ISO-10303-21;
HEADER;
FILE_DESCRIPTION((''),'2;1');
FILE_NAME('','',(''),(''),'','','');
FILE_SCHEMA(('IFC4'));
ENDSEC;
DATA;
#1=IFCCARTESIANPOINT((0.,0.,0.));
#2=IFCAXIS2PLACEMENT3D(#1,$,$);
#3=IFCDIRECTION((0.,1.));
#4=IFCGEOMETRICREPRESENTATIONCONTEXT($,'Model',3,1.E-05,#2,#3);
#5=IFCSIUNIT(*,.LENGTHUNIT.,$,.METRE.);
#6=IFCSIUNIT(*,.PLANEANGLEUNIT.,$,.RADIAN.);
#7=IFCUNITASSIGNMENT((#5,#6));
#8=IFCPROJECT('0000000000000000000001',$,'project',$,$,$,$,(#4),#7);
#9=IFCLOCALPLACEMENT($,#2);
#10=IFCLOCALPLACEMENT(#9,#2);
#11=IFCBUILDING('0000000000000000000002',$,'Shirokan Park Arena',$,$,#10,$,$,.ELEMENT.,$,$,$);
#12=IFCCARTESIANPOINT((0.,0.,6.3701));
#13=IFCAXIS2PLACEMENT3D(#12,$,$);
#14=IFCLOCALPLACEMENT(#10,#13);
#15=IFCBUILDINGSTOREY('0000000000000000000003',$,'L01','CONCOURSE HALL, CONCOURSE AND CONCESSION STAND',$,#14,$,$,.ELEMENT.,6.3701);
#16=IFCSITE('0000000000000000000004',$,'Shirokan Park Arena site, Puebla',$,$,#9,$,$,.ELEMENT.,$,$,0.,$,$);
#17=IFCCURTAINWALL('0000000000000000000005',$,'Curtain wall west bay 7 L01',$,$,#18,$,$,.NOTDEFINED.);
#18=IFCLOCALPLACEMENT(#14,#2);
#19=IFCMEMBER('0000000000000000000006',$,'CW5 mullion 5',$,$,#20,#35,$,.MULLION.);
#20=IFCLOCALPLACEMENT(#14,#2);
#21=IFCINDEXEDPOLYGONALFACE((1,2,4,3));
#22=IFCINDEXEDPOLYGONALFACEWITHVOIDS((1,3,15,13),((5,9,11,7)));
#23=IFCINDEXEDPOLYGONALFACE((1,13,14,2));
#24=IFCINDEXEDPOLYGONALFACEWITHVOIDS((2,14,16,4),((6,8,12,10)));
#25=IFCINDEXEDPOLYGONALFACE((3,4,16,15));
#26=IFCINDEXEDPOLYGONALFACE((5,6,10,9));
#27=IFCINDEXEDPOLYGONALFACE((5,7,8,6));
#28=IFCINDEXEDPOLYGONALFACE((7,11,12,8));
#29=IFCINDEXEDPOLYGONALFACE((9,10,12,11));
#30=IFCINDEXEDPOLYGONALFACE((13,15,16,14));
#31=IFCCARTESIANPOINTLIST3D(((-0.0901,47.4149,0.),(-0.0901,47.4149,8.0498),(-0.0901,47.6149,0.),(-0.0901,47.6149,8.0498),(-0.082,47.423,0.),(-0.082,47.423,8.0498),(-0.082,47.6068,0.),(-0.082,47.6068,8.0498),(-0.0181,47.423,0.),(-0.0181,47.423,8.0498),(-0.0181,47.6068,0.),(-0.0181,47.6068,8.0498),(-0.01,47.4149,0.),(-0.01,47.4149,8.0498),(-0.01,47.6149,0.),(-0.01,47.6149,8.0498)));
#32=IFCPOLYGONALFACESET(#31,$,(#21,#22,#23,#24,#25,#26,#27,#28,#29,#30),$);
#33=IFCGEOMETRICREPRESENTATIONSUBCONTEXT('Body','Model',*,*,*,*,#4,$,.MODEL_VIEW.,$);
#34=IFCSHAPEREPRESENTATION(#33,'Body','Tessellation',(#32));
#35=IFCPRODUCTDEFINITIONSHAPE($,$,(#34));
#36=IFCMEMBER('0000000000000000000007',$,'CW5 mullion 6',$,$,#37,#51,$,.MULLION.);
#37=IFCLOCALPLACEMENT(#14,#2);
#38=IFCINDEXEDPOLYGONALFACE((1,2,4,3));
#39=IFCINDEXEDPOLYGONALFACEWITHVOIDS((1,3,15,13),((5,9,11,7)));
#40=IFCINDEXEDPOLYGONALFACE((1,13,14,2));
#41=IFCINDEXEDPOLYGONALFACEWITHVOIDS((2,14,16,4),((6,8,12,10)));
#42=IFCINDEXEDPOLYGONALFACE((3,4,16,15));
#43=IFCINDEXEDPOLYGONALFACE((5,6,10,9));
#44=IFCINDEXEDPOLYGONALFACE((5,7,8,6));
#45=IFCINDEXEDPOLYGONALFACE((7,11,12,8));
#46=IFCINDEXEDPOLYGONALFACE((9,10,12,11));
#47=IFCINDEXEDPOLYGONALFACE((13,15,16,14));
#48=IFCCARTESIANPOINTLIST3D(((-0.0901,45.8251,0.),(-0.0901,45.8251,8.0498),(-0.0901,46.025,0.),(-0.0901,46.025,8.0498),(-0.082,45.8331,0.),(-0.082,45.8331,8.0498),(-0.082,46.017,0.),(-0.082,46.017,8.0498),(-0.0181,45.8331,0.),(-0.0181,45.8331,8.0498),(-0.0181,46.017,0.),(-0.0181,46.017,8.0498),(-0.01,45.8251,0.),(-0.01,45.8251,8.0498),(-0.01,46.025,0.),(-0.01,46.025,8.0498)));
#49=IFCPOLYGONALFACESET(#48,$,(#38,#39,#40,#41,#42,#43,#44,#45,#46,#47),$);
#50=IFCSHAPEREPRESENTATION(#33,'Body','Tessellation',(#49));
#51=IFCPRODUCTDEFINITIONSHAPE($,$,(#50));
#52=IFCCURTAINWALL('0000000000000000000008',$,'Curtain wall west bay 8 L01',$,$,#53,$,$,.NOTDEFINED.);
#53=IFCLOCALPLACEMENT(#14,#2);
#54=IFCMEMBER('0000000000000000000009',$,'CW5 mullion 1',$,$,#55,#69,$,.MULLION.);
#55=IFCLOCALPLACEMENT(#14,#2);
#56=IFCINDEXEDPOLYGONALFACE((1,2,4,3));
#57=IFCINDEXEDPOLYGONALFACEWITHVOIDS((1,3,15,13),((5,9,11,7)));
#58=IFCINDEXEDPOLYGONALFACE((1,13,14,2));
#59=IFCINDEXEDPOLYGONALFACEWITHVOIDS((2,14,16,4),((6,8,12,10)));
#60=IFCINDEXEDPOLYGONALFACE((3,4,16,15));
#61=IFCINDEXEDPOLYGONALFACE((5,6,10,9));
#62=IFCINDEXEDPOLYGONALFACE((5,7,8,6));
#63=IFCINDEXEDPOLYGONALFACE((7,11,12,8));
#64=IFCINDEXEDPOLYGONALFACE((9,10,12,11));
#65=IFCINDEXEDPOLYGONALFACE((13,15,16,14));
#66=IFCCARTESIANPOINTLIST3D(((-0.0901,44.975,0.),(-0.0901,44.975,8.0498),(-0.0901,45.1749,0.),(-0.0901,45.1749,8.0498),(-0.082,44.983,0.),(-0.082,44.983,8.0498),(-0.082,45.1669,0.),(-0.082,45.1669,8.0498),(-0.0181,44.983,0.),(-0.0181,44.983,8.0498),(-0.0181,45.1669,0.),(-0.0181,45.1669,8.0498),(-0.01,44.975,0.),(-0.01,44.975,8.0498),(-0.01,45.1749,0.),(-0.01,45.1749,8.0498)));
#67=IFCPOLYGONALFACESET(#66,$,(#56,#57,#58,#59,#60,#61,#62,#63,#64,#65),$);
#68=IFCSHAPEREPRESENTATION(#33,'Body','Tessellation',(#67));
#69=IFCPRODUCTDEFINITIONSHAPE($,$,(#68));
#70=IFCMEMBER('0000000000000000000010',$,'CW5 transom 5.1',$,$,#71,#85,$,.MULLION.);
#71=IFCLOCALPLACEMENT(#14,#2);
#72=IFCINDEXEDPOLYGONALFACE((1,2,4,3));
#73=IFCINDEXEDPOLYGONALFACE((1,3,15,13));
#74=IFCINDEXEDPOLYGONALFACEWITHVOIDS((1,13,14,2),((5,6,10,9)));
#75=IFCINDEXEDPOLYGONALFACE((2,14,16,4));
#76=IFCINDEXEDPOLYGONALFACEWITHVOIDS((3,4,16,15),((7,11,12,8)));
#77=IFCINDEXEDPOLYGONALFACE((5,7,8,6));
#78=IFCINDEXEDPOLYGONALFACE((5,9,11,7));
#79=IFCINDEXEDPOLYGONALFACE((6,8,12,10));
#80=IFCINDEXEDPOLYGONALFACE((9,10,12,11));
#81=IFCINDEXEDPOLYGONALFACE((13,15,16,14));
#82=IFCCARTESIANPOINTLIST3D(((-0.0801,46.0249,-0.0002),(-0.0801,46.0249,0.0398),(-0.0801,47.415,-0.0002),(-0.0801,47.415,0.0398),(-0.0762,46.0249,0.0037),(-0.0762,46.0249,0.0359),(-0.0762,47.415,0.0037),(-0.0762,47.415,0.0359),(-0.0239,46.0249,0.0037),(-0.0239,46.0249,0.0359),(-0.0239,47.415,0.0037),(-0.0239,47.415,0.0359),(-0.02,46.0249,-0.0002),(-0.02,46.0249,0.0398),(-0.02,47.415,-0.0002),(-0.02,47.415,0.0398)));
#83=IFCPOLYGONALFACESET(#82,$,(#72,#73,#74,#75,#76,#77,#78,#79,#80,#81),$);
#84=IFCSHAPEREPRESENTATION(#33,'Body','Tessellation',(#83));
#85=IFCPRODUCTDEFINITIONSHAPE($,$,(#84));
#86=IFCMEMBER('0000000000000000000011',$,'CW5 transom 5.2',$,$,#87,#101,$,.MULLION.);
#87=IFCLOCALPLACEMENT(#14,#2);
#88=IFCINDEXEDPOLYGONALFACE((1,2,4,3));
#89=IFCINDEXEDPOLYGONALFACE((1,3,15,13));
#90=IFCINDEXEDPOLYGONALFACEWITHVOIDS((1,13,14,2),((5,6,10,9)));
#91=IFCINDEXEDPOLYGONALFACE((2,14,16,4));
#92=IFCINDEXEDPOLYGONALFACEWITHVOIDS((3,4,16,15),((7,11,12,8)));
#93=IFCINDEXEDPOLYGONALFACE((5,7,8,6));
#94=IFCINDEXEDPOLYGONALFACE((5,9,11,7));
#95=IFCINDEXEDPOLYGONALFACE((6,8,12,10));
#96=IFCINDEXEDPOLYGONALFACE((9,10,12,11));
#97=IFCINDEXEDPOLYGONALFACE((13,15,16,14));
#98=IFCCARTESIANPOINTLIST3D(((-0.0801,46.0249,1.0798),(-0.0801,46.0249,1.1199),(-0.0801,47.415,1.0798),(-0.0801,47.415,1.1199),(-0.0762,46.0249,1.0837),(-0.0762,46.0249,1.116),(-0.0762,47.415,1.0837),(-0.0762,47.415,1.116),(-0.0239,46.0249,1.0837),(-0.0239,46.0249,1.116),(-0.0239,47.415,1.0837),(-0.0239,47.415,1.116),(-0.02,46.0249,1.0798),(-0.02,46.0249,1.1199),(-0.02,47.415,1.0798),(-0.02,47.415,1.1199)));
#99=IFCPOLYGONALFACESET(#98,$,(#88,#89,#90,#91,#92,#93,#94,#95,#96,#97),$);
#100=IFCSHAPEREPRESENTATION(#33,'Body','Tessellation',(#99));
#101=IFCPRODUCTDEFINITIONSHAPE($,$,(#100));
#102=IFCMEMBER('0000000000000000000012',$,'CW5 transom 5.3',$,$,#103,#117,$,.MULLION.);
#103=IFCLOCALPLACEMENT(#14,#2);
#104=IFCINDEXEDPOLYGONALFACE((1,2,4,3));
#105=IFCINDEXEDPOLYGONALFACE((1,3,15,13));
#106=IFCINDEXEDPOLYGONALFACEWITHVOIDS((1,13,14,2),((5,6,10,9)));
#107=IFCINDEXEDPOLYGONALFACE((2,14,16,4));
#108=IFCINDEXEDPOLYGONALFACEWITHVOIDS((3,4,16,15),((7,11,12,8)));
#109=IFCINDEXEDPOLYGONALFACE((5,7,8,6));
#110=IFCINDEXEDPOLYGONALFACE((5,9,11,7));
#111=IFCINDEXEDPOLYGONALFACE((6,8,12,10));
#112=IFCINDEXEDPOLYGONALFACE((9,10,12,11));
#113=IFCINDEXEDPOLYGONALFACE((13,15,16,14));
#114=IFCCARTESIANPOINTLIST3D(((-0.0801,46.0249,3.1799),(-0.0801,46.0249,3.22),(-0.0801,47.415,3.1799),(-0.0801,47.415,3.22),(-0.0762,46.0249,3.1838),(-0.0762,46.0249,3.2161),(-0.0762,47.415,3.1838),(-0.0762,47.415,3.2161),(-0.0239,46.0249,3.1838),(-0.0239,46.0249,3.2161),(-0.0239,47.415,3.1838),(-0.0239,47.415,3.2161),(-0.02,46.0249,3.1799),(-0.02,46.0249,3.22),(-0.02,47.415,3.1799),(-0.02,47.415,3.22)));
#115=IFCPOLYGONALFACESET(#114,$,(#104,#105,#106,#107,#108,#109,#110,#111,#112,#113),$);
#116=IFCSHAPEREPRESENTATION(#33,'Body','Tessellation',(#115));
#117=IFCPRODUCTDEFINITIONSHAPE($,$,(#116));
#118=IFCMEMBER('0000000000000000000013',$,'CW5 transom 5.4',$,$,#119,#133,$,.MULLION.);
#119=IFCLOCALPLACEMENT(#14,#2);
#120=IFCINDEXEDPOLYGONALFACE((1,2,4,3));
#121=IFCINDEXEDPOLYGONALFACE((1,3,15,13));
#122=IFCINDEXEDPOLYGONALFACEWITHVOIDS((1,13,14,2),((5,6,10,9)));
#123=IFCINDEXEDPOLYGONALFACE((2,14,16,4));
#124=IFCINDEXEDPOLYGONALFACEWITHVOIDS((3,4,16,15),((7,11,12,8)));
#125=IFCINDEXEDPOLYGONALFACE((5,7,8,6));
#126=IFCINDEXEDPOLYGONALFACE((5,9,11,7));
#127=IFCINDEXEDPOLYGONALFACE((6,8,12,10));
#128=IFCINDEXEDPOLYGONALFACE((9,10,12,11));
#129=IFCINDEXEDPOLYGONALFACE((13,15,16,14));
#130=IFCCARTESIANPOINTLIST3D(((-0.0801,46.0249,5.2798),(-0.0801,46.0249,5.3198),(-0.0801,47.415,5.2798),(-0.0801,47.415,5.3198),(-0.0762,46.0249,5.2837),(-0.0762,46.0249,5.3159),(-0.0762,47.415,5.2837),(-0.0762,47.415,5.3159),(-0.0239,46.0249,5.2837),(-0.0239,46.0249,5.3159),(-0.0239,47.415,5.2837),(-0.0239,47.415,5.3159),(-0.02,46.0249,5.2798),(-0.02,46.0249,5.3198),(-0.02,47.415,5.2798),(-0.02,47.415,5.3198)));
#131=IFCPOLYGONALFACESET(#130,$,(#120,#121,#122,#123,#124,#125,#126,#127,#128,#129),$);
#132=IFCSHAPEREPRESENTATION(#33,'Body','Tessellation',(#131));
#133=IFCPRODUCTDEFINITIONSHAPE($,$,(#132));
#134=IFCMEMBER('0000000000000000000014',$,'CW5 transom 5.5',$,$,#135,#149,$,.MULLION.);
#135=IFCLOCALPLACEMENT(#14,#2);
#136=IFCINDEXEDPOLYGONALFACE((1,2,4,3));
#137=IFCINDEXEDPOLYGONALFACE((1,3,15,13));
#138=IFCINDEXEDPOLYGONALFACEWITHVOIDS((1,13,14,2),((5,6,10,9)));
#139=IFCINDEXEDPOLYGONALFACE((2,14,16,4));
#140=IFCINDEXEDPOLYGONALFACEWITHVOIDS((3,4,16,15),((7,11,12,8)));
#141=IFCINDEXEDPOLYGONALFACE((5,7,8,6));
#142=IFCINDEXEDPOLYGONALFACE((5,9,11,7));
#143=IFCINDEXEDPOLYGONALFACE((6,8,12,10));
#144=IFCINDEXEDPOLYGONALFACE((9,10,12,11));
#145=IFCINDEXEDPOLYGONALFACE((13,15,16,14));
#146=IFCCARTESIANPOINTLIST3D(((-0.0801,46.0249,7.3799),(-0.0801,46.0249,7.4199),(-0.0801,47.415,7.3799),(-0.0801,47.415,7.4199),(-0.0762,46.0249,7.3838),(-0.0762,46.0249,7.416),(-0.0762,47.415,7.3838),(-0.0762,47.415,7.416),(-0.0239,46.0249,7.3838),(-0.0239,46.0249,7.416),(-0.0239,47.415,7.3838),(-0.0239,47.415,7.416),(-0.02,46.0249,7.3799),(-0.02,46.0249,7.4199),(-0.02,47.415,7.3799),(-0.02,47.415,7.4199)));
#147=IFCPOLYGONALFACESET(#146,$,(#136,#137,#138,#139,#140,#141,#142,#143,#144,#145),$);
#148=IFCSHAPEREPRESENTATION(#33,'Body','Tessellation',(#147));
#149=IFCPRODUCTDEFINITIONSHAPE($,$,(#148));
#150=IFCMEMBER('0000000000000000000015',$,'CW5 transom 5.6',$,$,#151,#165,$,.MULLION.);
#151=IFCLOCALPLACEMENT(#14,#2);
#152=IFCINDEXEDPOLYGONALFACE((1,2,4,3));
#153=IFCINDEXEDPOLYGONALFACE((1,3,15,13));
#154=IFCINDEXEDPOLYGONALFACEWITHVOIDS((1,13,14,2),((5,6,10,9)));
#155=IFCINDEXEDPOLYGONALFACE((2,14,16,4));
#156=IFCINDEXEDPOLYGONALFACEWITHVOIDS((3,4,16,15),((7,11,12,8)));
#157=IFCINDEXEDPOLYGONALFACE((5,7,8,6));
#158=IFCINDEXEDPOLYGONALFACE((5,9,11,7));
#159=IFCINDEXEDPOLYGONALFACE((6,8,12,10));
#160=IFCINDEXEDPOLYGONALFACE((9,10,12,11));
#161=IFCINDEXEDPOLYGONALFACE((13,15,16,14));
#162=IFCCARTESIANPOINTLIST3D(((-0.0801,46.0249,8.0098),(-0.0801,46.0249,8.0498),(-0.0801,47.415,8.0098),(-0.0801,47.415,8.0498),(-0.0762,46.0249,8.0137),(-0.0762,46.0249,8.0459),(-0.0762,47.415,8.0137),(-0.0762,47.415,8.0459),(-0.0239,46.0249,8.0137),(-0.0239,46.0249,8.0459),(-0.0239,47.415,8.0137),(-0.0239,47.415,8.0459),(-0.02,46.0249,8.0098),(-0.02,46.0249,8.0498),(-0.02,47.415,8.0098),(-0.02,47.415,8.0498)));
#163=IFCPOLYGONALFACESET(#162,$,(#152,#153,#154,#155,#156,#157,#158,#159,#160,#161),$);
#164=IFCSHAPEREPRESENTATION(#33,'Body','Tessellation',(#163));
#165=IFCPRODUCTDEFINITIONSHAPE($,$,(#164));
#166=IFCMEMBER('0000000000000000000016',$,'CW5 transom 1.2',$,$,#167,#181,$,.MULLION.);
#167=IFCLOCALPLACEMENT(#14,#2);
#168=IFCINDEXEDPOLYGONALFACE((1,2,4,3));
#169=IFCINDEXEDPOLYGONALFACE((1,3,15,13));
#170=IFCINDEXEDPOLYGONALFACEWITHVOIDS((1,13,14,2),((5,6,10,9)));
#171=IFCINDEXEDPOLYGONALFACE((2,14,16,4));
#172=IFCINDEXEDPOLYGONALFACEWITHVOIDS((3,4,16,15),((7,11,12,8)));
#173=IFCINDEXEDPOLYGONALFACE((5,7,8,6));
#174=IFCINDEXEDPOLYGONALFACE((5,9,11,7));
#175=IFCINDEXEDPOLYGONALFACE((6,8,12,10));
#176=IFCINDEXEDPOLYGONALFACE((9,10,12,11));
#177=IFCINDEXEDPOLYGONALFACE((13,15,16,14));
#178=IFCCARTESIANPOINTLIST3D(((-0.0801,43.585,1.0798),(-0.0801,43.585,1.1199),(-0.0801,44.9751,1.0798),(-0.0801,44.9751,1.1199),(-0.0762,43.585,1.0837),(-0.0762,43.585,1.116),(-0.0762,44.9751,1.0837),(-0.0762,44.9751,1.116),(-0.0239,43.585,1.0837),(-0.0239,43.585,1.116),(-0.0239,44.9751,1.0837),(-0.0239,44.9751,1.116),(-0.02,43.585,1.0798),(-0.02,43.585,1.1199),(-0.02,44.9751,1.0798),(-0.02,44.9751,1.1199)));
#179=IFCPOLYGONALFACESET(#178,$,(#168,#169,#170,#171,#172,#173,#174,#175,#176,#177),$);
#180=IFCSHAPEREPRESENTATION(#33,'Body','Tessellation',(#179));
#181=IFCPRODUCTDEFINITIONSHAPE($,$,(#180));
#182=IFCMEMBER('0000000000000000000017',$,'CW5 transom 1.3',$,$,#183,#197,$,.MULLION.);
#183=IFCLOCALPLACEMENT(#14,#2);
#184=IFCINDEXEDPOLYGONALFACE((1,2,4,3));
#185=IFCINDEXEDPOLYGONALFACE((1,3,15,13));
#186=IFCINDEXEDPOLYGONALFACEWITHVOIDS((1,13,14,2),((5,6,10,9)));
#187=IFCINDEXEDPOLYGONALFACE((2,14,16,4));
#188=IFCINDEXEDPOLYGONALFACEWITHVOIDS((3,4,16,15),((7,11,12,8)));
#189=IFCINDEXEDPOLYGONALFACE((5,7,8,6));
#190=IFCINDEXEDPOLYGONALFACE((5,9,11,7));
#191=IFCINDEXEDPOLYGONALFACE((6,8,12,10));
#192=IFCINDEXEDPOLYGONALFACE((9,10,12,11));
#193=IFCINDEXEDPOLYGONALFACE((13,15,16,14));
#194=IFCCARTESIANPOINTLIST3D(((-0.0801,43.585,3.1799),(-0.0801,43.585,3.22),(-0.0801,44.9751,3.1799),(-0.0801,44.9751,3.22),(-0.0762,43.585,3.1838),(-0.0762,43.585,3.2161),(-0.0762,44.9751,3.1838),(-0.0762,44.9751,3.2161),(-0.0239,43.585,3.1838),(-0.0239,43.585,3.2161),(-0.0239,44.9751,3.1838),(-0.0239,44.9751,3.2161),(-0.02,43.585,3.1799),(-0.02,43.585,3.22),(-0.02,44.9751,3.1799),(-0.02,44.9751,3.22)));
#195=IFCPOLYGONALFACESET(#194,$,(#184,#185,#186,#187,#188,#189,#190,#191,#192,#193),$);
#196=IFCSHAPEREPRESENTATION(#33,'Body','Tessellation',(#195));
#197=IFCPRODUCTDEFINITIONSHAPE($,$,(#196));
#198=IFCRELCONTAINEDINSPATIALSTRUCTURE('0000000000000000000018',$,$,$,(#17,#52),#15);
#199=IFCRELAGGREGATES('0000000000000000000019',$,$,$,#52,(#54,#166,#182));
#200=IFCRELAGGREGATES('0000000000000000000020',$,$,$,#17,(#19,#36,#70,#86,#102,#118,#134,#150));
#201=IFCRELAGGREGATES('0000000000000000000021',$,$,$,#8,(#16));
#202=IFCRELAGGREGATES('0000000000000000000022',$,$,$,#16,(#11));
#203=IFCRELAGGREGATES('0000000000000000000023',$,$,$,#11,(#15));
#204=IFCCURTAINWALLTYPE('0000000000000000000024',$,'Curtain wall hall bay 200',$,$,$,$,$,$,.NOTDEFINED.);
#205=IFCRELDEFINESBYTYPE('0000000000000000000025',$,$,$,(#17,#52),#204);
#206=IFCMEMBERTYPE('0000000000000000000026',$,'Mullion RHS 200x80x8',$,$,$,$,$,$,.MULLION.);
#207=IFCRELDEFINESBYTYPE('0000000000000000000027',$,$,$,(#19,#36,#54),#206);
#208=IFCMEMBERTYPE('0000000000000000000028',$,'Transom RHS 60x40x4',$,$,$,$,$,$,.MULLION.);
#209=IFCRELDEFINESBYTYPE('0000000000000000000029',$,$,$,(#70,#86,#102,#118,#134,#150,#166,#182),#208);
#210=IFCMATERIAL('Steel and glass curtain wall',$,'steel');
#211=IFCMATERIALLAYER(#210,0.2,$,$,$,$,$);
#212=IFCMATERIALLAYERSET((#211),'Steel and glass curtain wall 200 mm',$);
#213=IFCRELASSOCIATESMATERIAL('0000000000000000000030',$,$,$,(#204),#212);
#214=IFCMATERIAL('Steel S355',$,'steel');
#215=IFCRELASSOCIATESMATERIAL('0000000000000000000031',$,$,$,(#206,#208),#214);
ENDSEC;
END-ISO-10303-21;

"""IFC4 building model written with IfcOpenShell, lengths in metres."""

from ifc_helpers import new_model, si_unit, direction, frame, origin, origin_2d, place, context, subcontext, project, spatial, hollow_rectangle, extrude, material, layer, layer_set, material_profile, profile_set, type_object, element, aggregate, save


model = new_model("IFC4")

# Units and contexts
model_context = context("Model", 3, precision=1e-05, world=origin(), true_north=direction((0.0, 1.0)))
body_context = subcontext(model_context, "Body", "Model", "MODEL_VIEW")
ifc_project = project(units=[si_unit("LENGTHUNIT", "METRE"), si_unit("PLANEANGLEUNIT", "RADIAN")], contexts=[model_context])

# Site, building, storey
site_placement = place(None, origin())
site = spatial("IfcSite", under=ifc_project, at=site_placement, Name="Shirokan Park Arena site, Puebla", CompositionType="ELEMENT", RefElevation=0.0)
building_placement = place(site_placement, origin())
building = spatial("IfcBuilding", under=site, at=building_placement, Name="Shirokan Park Arena", CompositionType="ELEMENT")
storey_placement = place(building_placement, frame((0.0, 0.0, 6.3701)))
storey = spatial("IfcBuildingStorey", under=building, at=storey_placement, Name="L01", Description="CONCOURSE HALL, CONCOURSE AND CONCESSION STAND", CompositionType="ELEMENT", Elevation=6.3701)

# Curtain wall, members
ifc_material_1 = material(Name="Steel and glass curtain wall", Category="steel")
ifc_layer_1 = layer(ifc_material_1, 0.2)
ifc_layer_set_1 = layer_set([ifc_layer_1], Name="Steel and glass curtain wall 200 mm")
curtain_wall_type = type_object("IfcCurtainWallType", Name="Curtain wall hall bay 200", PredefinedType="NOTDEFINED", material=ifc_layer_set_1)
curtain_wall_1_placement = place(storey_placement, origin())
curtain_wall_1 = element("IfcCurtainWall", 1, at=curtain_wall_1_placement, inside=storey, type_object=curtain_wall_type, Name="Curtain wall west bay 7 L01", PredefinedType="NOTDEFINED")
ifc_material_2 = material(Name="Steel S355", Category="steel")
ifc_material_profile_1 = material_profile(ifc_material_2, hollow_rectangle(XDim=0.0801, YDim=0.2, WallThickness=0.0081, at=origin_2d()), Name="RHS 200x80x8")
ifc_profile_set_1 = profile_set([ifc_material_profile_1], Name="Steel S355")
member_type_1 = type_object("IfcMemberType", Name="Mullion RHS 200x80x8", PredefinedType="MULLION", material=ifc_profile_set_1)
member_1_placement = place(storey_placement, frame((-0.05, 47.5149, 0.0), z_axis=(0.0, 0.0, 1.0), x_axis=(1.0, 0.0, 0.0)))
member_1 = element("IfcMember", 2, at=member_1_placement, type_object=member_type_1, Name="CW5 mullion 5", PredefinedType="MULLION", context=body_context, shape_type="SweptSolid", body=[
    extrude(hollow_rectangle(XDim=0.0801, YDim=0.2, WallThickness=0.0081, at=origin_2d()), origin(), (0.0, 0.0, 1.0), 8.0498),
])
member_2_placement = place(storey_placement, frame((-0.05, 45.925, 0.0), z_axis=(0.0, 0.0, 1.0), x_axis=(1.0, 0.0, 0.0)))
member_2 = element("IfcMember", 3, at=member_2_placement, type_object=member_type_1, Name="CW5 mullion 6", PredefinedType="MULLION", context=body_context, shape_type="SweptSolid", body=[
    extrude(hollow_rectangle(XDim=0.0801, YDim=0.2, WallThickness=0.0081, at=origin_2d()), origin(), (0.0, 0.0, 1.0), 8.0498),
])

# Curtain wall, member
curtain_wall_2_placement = place(storey_placement, origin())
curtain_wall_2 = element("IfcCurtainWall", 4, at=curtain_wall_2_placement, inside=storey, type_object=curtain_wall_type, Name="Curtain wall west bay 8 L01", PredefinedType="NOTDEFINED")
member_3_placement = place(storey_placement, frame((-0.05, 45.075, 0.0), z_axis=(0.0, 0.0, 1.0), x_axis=(1.0, 0.0, 0.0)))
member_3 = element("IfcMember", 5, at=member_3_placement, type_object=member_type_1, Name="CW5 mullion 1", PredefinedType="MULLION", context=body_context, shape_type="SweptSolid", body=[
    extrude(hollow_rectangle(XDim=0.0801, YDim=0.2, WallThickness=0.0081, at=origin_2d()), origin(), (0.0, 0.0, 1.0), 8.0498),
])

# Members
ifc_material_profile_2 = material_profile(ifc_material_2, hollow_rectangle(XDim=0.0601, YDim=0.04, WallThickness=0.0039, at=origin_2d()), Name="RHS 60x40x4")
ifc_profile_set_2 = profile_set([ifc_material_profile_2], Name="Steel S355")
member_type_2 = type_object("IfcMemberType", Name="Transom RHS 60x40x4", PredefinedType="MULLION", material=ifc_profile_set_2)
member_4_placement = place(storey_placement, frame((-0.05, 47.415, 0.0198), z_axis=(0.0, -1.0, 0.0), x_axis=(1.0, 0.0, 0.0)))
member_4 = element("IfcMember", 6, at=member_4_placement, type_object=member_type_2, Name="CW5 transom 5.1", PredefinedType="MULLION", context=body_context, shape_type="SweptSolid", body=[
    extrude(hollow_rectangle(XDim=0.0601, YDim=0.04, WallThickness=0.0039, at=origin_2d()), origin(), (0.0, 0.0, 1.0), 1.3901),
])
member_5_placement = place(storey_placement, frame((-0.05, 47.415, 1.0999), z_axis=(0.0, -1.0, 0.0), x_axis=(1.0, 0.0, 0.0)))
member_5 = element("IfcMember", 7, at=member_5_placement, type_object=member_type_2, Name="CW5 transom 5.2", PredefinedType="MULLION", context=body_context, shape_type="SweptSolid", body=[
    extrude(hollow_rectangle(XDim=0.0601, YDim=0.04, WallThickness=0.0039, at=origin_2d()), origin(), (0.0, 0.0, 1.0), 1.3901),
])
member_6_placement = place(storey_placement, frame((-0.05, 47.415, 3.2), z_axis=(0.0, -1.0, 0.0), x_axis=(1.0, 0.0, 0.0)))
member_6 = element("IfcMember", 8, at=member_6_placement, type_object=member_type_2, Name="CW5 transom 5.3", PredefinedType="MULLION", context=body_context, shape_type="SweptSolid", body=[
    extrude(hollow_rectangle(XDim=0.0601, YDim=0.04, WallThickness=0.0039, at=origin_2d()), origin(), (0.0, 0.0, 1.0), 1.3901),
])
member_7_placement = place(storey_placement, frame((-0.05, 47.415, 5.2998), z_axis=(0.0, -1.0, 0.0), x_axis=(1.0, 0.0, 0.0)))
member_7 = element("IfcMember", 9, at=member_7_placement, type_object=member_type_2, Name="CW5 transom 5.4", PredefinedType="MULLION", context=body_context, shape_type="SweptSolid", body=[
    extrude(hollow_rectangle(XDim=0.0601, YDim=0.04, WallThickness=0.0039, at=origin_2d()), origin(), (0.0, 0.0, 1.0), 1.3901),
])
member_8_placement = place(storey_placement, frame((-0.05, 47.415, 7.3999), z_axis=(0.0, -1.0, 0.0), x_axis=(1.0, 0.0, 0.0)))
member_8 = element("IfcMember", 10, at=member_8_placement, type_object=member_type_2, Name="CW5 transom 5.5", PredefinedType="MULLION", context=body_context, shape_type="SweptSolid", body=[
    extrude(hollow_rectangle(XDim=0.0601, YDim=0.04, WallThickness=0.0039, at=origin_2d()), origin(), (0.0, 0.0, 1.0), 1.3901),
])
member_9_placement = place(storey_placement, frame((-0.05, 47.415, 8.0298), z_axis=(0.0, -1.0, 0.0), x_axis=(1.0, 0.0, 0.0)))
member_9 = element("IfcMember", 11, at=member_9_placement, type_object=member_type_2, Name="CW5 transom 5.6", PredefinedType="MULLION", context=body_context, shape_type="SweptSolid", body=[
    extrude(hollow_rectangle(XDim=0.0601, YDim=0.04, WallThickness=0.0039, at=origin_2d()), origin(), (0.0, 0.0, 1.0), 1.3901),
])
member_10_placement = place(storey_placement, frame((-0.05, 44.9751, 1.0999), z_axis=(0.0, -1.0, 0.0), x_axis=(1.0, 0.0, 0.0)))
member_10 = element("IfcMember", 12, at=member_10_placement, type_object=member_type_2, Name="CW5 transom 1.2", PredefinedType="MULLION", context=body_context, shape_type="SweptSolid", body=[
    extrude(hollow_rectangle(XDim=0.0601, YDim=0.04, WallThickness=0.0039, at=origin_2d()), origin(), (0.0, 0.0, 1.0), 1.3901),
])
member_11_placement = place(storey_placement, frame((-0.05, 44.9751, 3.2), z_axis=(0.0, -1.0, 0.0), x_axis=(1.0, 0.0, 0.0)))
member_11 = element("IfcMember", 13, at=member_11_placement, type_object=member_type_2, Name="CW5 transom 1.3", PredefinedType="MULLION", context=body_context, shape_type="SweptSolid", body=[
    extrude(hollow_rectangle(XDim=0.0601, YDim=0.04, WallThickness=0.0039, at=origin_2d()), origin(), (0.0, 0.0, 1.0), 1.3901),
])
aggregate(curtain_wall_2, [member_3, member_10, member_11])

aggregate(curtain_wall_1, [member_1, member_2, member_4, member_5, member_6, member_7, member_8, member_9])

save(model, "model.ifc")
